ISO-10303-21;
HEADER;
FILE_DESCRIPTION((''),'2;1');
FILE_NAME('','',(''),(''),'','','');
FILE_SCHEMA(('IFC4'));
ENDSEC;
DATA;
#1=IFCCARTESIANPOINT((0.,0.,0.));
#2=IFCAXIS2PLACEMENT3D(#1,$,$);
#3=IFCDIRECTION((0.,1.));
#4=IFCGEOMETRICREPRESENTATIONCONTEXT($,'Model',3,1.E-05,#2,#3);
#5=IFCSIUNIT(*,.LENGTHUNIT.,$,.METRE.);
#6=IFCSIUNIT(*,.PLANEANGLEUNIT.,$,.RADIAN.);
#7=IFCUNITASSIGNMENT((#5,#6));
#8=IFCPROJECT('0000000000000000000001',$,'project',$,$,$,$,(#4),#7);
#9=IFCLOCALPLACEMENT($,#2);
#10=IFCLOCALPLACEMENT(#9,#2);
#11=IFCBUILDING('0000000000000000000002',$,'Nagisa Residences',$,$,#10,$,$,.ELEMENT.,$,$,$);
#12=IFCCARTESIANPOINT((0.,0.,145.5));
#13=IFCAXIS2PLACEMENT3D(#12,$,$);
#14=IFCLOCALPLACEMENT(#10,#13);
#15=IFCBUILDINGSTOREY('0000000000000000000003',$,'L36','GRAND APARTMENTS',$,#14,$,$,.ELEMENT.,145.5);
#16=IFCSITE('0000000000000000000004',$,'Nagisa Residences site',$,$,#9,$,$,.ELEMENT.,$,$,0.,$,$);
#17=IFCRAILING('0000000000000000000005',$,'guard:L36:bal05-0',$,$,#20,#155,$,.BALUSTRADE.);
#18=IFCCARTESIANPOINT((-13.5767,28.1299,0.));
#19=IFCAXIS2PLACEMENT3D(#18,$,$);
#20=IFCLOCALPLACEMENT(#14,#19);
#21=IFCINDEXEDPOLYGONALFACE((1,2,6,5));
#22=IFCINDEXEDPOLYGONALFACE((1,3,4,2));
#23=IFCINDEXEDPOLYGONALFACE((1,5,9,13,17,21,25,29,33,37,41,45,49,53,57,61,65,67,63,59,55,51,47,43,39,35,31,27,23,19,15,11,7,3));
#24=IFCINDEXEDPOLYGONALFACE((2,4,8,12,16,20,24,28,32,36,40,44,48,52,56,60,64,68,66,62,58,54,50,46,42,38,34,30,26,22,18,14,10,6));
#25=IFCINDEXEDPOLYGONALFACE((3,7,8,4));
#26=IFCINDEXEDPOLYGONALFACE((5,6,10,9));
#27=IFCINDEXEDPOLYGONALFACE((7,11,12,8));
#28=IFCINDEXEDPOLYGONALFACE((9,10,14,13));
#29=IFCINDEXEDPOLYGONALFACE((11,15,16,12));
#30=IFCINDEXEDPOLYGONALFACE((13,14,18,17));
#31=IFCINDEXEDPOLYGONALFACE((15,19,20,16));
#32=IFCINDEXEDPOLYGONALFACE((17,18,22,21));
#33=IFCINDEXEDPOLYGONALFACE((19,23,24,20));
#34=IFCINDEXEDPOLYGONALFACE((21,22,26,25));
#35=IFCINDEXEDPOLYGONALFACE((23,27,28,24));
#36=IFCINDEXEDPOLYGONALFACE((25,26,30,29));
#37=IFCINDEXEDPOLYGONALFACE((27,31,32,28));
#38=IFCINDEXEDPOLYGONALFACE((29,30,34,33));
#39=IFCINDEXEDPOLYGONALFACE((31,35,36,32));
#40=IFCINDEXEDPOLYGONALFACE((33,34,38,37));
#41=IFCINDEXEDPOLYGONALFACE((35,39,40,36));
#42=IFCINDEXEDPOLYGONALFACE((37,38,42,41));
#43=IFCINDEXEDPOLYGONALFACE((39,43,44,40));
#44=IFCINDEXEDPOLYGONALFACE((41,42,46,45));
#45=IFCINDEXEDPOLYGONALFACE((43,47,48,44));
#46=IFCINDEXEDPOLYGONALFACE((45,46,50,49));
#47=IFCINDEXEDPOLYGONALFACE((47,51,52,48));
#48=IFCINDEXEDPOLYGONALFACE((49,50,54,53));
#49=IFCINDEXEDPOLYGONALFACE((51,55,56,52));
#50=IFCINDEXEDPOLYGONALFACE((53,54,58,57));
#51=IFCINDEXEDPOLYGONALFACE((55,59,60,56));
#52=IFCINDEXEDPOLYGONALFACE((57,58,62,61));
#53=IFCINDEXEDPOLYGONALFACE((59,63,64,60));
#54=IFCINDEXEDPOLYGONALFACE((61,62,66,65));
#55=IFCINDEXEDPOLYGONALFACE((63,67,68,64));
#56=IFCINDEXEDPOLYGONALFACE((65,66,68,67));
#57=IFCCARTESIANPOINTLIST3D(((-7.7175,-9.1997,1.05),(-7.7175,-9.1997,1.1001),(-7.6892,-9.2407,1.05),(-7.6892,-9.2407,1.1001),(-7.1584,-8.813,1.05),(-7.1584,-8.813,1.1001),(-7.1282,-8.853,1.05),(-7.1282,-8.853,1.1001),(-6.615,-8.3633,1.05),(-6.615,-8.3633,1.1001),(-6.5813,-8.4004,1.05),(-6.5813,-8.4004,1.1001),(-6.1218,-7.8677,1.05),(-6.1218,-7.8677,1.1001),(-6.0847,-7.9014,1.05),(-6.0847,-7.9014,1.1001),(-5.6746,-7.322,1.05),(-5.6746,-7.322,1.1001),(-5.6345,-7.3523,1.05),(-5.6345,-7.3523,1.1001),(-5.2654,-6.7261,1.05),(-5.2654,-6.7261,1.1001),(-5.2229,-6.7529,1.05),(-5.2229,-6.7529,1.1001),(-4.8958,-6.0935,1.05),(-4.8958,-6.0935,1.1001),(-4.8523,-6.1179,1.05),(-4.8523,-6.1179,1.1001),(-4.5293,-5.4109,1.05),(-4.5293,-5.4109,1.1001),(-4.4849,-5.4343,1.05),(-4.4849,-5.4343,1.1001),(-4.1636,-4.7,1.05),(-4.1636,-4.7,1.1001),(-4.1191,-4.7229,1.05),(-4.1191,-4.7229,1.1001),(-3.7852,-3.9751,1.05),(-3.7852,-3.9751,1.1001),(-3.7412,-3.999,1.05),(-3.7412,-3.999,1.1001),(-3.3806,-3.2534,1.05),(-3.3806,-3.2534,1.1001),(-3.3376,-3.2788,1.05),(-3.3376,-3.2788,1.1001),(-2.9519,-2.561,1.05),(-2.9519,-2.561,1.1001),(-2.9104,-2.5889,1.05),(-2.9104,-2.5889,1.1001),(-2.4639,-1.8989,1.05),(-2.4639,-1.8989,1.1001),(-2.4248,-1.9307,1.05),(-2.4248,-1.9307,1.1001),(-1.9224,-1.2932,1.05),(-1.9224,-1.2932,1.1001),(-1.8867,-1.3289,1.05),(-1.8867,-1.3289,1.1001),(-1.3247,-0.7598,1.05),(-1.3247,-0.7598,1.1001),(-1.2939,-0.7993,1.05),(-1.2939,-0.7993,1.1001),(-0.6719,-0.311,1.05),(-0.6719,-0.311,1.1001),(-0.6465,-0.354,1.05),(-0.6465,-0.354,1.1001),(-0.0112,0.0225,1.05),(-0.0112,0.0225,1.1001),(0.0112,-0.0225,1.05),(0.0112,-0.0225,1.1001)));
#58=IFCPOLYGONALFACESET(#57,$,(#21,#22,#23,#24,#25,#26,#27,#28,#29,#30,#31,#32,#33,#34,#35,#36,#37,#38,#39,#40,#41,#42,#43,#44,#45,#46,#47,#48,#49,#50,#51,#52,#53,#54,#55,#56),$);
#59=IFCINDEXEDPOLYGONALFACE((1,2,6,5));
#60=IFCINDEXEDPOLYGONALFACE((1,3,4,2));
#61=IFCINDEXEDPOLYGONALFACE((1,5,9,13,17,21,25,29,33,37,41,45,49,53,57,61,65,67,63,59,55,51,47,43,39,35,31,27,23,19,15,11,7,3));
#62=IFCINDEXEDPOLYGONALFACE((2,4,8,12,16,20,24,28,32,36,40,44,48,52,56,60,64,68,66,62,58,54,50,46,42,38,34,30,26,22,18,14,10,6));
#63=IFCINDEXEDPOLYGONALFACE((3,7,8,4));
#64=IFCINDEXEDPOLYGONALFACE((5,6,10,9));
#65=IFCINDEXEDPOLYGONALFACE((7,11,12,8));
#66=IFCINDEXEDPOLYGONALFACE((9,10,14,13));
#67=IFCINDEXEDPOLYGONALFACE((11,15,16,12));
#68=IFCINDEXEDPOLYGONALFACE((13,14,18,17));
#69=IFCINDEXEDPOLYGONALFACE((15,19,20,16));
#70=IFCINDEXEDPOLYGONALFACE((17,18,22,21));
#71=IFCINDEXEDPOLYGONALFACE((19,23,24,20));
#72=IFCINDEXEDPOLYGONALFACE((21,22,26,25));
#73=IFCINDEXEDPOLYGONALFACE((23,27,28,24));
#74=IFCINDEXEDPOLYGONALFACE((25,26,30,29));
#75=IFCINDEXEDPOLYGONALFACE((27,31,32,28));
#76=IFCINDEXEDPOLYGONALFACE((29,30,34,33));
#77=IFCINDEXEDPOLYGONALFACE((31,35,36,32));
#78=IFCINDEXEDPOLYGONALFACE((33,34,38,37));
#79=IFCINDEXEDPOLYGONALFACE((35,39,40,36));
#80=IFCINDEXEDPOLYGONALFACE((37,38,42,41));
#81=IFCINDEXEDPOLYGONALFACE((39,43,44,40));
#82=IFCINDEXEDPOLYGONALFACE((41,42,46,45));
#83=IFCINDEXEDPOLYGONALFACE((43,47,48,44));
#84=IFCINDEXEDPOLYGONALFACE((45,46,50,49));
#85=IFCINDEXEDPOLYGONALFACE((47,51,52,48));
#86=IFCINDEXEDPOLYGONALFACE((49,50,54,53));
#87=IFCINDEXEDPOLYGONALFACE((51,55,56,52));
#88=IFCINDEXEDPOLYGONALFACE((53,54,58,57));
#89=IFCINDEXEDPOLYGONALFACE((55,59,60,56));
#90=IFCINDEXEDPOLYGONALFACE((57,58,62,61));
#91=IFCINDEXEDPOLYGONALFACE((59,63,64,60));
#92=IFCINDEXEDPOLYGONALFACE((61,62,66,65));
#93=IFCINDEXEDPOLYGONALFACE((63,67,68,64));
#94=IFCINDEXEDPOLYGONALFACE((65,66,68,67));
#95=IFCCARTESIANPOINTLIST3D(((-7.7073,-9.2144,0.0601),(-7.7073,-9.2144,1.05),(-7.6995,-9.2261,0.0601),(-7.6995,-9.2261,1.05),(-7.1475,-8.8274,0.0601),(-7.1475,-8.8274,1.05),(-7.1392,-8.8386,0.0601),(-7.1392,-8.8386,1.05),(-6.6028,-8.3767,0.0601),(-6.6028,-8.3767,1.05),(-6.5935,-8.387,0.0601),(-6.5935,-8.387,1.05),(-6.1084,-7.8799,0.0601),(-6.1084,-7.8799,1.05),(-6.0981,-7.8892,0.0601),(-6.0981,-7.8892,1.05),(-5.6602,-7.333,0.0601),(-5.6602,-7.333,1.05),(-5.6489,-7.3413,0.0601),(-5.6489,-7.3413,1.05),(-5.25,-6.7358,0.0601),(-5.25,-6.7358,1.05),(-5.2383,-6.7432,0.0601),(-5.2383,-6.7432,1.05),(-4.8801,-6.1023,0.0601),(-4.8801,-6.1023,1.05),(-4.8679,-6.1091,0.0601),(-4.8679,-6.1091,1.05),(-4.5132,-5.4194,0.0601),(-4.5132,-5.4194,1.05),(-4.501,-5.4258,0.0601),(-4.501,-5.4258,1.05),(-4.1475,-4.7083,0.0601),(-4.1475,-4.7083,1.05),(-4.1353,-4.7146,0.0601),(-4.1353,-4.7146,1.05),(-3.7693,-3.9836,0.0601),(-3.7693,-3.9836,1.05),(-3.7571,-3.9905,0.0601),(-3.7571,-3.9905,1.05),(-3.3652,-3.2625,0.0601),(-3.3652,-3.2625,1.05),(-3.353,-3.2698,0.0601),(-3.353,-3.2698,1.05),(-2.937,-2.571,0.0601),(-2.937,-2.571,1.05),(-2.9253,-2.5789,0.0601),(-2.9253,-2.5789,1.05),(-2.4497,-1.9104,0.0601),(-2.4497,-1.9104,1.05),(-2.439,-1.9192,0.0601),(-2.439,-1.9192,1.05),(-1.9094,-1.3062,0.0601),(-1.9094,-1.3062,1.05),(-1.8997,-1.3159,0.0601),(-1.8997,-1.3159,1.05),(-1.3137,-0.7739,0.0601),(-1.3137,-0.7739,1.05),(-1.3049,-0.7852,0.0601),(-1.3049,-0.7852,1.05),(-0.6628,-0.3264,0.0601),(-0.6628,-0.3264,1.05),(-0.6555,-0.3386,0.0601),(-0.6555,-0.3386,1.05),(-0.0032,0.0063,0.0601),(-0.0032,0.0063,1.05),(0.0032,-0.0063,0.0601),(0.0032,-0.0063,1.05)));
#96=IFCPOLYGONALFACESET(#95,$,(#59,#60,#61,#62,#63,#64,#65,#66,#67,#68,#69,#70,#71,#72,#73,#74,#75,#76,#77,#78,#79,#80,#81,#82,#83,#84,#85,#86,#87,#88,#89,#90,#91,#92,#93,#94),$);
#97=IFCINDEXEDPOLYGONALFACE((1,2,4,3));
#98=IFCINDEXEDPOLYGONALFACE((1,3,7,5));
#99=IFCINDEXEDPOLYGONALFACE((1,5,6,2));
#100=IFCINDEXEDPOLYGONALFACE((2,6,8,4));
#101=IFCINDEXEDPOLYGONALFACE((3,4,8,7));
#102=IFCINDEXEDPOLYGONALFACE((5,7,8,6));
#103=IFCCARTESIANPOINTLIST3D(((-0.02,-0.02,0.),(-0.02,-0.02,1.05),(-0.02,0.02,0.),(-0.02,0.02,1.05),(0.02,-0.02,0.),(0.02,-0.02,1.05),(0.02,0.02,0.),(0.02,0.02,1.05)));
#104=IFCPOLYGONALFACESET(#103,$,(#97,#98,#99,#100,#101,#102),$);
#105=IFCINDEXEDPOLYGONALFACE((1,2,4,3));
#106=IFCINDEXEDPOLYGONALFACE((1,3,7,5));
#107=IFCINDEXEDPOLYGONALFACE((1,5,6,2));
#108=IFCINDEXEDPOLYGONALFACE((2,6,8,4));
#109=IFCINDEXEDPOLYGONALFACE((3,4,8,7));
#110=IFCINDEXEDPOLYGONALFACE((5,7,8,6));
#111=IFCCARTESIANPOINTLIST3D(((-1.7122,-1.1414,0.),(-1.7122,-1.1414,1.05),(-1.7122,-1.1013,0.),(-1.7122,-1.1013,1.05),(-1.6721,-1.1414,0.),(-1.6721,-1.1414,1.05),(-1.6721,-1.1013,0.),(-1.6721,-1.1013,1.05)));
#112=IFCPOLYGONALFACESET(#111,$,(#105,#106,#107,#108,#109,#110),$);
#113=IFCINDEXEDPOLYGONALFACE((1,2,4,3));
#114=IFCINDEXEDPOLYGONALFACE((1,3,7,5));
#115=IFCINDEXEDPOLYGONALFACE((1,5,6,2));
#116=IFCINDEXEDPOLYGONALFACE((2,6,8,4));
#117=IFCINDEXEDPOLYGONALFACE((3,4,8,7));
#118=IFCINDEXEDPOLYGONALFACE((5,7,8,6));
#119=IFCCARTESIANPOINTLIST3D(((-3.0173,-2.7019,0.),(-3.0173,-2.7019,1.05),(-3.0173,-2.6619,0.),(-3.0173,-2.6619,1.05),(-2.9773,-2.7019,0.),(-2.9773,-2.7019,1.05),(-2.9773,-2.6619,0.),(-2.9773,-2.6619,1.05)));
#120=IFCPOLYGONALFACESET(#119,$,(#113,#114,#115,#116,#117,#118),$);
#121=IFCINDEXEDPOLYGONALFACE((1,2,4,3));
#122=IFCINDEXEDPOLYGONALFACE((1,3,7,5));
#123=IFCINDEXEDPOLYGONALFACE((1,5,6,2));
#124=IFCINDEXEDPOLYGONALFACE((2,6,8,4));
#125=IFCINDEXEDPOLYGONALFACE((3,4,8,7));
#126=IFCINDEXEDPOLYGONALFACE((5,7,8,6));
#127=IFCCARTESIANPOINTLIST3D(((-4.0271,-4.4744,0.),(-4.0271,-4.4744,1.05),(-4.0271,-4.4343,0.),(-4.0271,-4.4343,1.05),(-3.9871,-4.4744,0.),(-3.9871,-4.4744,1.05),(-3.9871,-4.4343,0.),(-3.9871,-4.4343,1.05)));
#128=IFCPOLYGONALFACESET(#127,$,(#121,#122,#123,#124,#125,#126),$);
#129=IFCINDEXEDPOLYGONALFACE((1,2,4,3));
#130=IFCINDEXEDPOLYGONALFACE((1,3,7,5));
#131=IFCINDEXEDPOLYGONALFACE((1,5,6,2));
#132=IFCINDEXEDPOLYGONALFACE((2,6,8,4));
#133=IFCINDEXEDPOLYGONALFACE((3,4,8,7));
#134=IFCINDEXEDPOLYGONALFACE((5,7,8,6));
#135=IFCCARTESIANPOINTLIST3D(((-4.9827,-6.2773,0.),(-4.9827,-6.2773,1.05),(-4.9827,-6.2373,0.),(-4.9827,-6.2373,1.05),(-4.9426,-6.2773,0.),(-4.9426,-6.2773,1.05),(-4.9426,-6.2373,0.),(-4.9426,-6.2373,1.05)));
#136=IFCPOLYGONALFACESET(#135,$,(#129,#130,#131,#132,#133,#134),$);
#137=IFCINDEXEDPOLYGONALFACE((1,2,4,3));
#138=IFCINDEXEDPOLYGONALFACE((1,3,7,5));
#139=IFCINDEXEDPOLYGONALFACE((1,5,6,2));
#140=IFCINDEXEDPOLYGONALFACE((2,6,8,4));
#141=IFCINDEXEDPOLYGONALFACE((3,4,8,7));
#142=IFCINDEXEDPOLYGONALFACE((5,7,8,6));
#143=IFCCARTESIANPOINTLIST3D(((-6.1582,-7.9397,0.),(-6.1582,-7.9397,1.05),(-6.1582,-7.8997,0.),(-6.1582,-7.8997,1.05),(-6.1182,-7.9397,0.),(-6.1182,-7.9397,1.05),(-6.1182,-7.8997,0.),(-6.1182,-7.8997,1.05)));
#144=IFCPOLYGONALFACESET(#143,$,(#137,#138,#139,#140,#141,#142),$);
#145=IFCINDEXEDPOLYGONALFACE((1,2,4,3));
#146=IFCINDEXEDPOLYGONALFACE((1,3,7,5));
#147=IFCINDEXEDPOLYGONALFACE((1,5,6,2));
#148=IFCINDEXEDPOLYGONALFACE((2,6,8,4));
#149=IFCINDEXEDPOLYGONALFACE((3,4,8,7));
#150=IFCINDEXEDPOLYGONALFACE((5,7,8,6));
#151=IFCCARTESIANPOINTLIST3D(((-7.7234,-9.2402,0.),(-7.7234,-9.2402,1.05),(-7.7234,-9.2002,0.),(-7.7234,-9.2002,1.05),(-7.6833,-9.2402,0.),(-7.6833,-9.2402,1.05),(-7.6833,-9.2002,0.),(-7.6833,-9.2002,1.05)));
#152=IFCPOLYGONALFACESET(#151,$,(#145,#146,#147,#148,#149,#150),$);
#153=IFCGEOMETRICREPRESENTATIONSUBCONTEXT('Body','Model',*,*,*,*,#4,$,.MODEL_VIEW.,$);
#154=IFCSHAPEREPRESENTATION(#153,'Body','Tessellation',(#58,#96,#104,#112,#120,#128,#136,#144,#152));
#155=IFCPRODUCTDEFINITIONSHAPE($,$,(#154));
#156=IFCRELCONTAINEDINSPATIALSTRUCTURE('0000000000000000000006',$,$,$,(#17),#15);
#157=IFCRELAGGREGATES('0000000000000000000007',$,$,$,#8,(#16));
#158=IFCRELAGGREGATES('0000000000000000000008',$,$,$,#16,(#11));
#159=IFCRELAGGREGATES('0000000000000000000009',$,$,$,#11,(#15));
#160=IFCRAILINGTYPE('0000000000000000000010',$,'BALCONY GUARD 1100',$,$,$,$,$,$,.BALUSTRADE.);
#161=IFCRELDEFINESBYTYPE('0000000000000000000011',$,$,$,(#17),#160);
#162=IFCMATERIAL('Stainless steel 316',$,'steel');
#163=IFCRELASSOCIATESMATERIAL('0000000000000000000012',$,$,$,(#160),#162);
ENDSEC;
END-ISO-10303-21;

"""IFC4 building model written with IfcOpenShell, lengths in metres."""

from ifc_helpers import new_model, si_unit, direction, frame, origin, origin_2d, place, context, subcontext, project, spatial, polyline, rectangle, outline, extrude, material, type_object, element, save


model = new_model("IFC4")

# Units and contexts
model_context = context("Model", 3, precision=1e-05, world=origin(), true_north=direction((0.0, 1.0)))
body_context = subcontext(model_context, "Body", "Model", "MODEL_VIEW")
ifc_project = project(units=[si_unit("LENGTHUNIT", "METRE"), si_unit("PLANEANGLEUNIT", "RADIAN")], contexts=[model_context])

# Site, building, storey
site_placement = place(None, origin())
site = spatial("IfcSite", under=ifc_project, at=site_placement, Name="Nagisa Residences site", CompositionType="ELEMENT", RefElevation=0.0)
building_placement = place(site_placement, origin())
building = spatial("IfcBuilding", under=site, at=building_placement, Name="Nagisa Residences", CompositionType="ELEMENT")
storey_placement = place(building_placement, frame((0.0, 0.0, 145.5)))
storey = spatial("IfcBuildingStorey", under=building, at=storey_placement, Name="L36", Description="GRAND APARTMENTS", CompositionType="ELEMENT", Elevation=145.5)

# Railing
ifc_material_1 = material(Name="Stainless steel 316", Category="steel")
railing_type = type_object("IfcRailingType", Name="BALCONY GUARD 1100", PredefinedType="BALUSTRADE", material=ifc_material_1)
railing_1_placement = place(storey_placement, frame((-13.5767, 28.1299, 0.0)))
element("IfcRailing", 1, at=railing_1_placement, inside=storey, type_object=railing_type, Name="guard:L36:bal05-0", PredefinedType="BALUSTRADE", context=body_context, shape_type="SweptSolid", body=[
    extrude(outline(polyline([(-0.6465, -0.354), (0.0112, -0.0225), (-0.0112, 0.0225), (-0.6719, -0.311), (-1.3247, -0.7598), (-1.9224, -1.2932), (-2.4639, -1.8989), (-2.9519, -2.561), (-3.3806, -3.2534), (-3.7852, -3.9751), (-4.1636, -4.7), (-4.5293, -5.4109), (-4.8958, -6.0935), (-5.2654, -6.7261), (-5.6746, -7.322), (-6.1218, -7.8677), (-6.615, -8.3633), (-7.1584, -8.813), (-7.7175, -9.1997), (-7.6892, -9.2407), (-7.1282, -8.853), (-6.5813, -8.4004), (-6.0847, -7.9014), (-5.6345, -7.3523), (-5.2229, -6.7529), (-4.8523, -6.1179), (-4.4849, -5.4343), (-4.1191, -4.7229), (-3.7412, -3.999), (-3.3376, -3.2788), (-2.9104, -2.5889), (-2.4248, -1.9307), (-1.8867, -1.3289), (-1.2939, -0.7993), (-0.6465, -0.354)])), frame((0.0, 0.0, 1.05)), (0.0, 0.0, 1.0), 0.05),
    extrude(outline(polyline([(-0.6555, -0.3386), (0.0032, -0.0063), (-0.0032, 0.0063), (-0.6628, -0.3264), (-1.3137, -0.7739), (-1.9094, -1.3062), (-2.4497, -1.9104), (-2.937, -2.571), (-3.3652, -3.2625), (-3.7693, -3.9836), (-4.1475, -4.7083), (-4.5132, -5.4194), (-4.8801, -6.1023), (-5.25, -6.7358), (-5.6602, -7.333), (-6.1084, -7.8799), (-6.6028, -8.3767), (-7.1475, -8.8274), (-7.7073, -9.2144), (-7.6995, -9.2261), (-7.1392, -8.8386), (-6.5935, -8.387), (-6.0981, -7.8892), (-5.6489, -7.3413), (-5.2383, -6.7432), (-4.8679, -6.1091), (-4.501, -5.4258), (-4.1353, -4.7146), (-3.7571, -3.9905), (-3.353, -3.2698), (-2.9253, -2.5789), (-2.439, -1.9192), (-1.8997, -1.3159), (-1.3049, -0.7852), (-0.6555, -0.3386)])), frame((0.0, 0.0, 0.0601)), (0.0, 0.0, 1.0), 0.99),
    extrude(rectangle(XDim=0.04, YDim=0.04, at=origin_2d()), origin(), (0.0, 0.0, 1.0), 1.05),
    extrude(rectangle(XDim=0.04, YDim=0.04, at=origin_2d()), frame((-1.6921, -1.1213, 0.0)), (0.0, 0.0, 1.0), 1.05),
    extrude(rectangle(XDim=0.04, YDim=0.04, at=origin_2d()), frame((-2.9973, -2.6819, 0.0)), (0.0, 0.0, 1.0), 1.05),
    extrude(rectangle(XDim=0.04, YDim=0.04, at=origin_2d()), frame((-4.0071, -4.4543, 0.0)), (0.0, 0.0, 1.0), 1.05),
    extrude(rectangle(XDim=0.04, YDim=0.04, at=origin_2d()), frame((-4.9626, -6.2573, 0.0)), (0.0, 0.0, 1.0), 1.05),
    extrude(rectangle(XDim=0.04, YDim=0.04, at=origin_2d()), frame((-6.1382, -7.9197, 0.0)), (0.0, 0.0, 1.0), 1.05),
    extrude(rectangle(XDim=0.04, YDim=0.04, at=origin_2d()), frame((-7.7034, -9.2202, 0.0)), (0.0, 0.0, 1.0), 1.05),
])

save(model, "model.ifc")
